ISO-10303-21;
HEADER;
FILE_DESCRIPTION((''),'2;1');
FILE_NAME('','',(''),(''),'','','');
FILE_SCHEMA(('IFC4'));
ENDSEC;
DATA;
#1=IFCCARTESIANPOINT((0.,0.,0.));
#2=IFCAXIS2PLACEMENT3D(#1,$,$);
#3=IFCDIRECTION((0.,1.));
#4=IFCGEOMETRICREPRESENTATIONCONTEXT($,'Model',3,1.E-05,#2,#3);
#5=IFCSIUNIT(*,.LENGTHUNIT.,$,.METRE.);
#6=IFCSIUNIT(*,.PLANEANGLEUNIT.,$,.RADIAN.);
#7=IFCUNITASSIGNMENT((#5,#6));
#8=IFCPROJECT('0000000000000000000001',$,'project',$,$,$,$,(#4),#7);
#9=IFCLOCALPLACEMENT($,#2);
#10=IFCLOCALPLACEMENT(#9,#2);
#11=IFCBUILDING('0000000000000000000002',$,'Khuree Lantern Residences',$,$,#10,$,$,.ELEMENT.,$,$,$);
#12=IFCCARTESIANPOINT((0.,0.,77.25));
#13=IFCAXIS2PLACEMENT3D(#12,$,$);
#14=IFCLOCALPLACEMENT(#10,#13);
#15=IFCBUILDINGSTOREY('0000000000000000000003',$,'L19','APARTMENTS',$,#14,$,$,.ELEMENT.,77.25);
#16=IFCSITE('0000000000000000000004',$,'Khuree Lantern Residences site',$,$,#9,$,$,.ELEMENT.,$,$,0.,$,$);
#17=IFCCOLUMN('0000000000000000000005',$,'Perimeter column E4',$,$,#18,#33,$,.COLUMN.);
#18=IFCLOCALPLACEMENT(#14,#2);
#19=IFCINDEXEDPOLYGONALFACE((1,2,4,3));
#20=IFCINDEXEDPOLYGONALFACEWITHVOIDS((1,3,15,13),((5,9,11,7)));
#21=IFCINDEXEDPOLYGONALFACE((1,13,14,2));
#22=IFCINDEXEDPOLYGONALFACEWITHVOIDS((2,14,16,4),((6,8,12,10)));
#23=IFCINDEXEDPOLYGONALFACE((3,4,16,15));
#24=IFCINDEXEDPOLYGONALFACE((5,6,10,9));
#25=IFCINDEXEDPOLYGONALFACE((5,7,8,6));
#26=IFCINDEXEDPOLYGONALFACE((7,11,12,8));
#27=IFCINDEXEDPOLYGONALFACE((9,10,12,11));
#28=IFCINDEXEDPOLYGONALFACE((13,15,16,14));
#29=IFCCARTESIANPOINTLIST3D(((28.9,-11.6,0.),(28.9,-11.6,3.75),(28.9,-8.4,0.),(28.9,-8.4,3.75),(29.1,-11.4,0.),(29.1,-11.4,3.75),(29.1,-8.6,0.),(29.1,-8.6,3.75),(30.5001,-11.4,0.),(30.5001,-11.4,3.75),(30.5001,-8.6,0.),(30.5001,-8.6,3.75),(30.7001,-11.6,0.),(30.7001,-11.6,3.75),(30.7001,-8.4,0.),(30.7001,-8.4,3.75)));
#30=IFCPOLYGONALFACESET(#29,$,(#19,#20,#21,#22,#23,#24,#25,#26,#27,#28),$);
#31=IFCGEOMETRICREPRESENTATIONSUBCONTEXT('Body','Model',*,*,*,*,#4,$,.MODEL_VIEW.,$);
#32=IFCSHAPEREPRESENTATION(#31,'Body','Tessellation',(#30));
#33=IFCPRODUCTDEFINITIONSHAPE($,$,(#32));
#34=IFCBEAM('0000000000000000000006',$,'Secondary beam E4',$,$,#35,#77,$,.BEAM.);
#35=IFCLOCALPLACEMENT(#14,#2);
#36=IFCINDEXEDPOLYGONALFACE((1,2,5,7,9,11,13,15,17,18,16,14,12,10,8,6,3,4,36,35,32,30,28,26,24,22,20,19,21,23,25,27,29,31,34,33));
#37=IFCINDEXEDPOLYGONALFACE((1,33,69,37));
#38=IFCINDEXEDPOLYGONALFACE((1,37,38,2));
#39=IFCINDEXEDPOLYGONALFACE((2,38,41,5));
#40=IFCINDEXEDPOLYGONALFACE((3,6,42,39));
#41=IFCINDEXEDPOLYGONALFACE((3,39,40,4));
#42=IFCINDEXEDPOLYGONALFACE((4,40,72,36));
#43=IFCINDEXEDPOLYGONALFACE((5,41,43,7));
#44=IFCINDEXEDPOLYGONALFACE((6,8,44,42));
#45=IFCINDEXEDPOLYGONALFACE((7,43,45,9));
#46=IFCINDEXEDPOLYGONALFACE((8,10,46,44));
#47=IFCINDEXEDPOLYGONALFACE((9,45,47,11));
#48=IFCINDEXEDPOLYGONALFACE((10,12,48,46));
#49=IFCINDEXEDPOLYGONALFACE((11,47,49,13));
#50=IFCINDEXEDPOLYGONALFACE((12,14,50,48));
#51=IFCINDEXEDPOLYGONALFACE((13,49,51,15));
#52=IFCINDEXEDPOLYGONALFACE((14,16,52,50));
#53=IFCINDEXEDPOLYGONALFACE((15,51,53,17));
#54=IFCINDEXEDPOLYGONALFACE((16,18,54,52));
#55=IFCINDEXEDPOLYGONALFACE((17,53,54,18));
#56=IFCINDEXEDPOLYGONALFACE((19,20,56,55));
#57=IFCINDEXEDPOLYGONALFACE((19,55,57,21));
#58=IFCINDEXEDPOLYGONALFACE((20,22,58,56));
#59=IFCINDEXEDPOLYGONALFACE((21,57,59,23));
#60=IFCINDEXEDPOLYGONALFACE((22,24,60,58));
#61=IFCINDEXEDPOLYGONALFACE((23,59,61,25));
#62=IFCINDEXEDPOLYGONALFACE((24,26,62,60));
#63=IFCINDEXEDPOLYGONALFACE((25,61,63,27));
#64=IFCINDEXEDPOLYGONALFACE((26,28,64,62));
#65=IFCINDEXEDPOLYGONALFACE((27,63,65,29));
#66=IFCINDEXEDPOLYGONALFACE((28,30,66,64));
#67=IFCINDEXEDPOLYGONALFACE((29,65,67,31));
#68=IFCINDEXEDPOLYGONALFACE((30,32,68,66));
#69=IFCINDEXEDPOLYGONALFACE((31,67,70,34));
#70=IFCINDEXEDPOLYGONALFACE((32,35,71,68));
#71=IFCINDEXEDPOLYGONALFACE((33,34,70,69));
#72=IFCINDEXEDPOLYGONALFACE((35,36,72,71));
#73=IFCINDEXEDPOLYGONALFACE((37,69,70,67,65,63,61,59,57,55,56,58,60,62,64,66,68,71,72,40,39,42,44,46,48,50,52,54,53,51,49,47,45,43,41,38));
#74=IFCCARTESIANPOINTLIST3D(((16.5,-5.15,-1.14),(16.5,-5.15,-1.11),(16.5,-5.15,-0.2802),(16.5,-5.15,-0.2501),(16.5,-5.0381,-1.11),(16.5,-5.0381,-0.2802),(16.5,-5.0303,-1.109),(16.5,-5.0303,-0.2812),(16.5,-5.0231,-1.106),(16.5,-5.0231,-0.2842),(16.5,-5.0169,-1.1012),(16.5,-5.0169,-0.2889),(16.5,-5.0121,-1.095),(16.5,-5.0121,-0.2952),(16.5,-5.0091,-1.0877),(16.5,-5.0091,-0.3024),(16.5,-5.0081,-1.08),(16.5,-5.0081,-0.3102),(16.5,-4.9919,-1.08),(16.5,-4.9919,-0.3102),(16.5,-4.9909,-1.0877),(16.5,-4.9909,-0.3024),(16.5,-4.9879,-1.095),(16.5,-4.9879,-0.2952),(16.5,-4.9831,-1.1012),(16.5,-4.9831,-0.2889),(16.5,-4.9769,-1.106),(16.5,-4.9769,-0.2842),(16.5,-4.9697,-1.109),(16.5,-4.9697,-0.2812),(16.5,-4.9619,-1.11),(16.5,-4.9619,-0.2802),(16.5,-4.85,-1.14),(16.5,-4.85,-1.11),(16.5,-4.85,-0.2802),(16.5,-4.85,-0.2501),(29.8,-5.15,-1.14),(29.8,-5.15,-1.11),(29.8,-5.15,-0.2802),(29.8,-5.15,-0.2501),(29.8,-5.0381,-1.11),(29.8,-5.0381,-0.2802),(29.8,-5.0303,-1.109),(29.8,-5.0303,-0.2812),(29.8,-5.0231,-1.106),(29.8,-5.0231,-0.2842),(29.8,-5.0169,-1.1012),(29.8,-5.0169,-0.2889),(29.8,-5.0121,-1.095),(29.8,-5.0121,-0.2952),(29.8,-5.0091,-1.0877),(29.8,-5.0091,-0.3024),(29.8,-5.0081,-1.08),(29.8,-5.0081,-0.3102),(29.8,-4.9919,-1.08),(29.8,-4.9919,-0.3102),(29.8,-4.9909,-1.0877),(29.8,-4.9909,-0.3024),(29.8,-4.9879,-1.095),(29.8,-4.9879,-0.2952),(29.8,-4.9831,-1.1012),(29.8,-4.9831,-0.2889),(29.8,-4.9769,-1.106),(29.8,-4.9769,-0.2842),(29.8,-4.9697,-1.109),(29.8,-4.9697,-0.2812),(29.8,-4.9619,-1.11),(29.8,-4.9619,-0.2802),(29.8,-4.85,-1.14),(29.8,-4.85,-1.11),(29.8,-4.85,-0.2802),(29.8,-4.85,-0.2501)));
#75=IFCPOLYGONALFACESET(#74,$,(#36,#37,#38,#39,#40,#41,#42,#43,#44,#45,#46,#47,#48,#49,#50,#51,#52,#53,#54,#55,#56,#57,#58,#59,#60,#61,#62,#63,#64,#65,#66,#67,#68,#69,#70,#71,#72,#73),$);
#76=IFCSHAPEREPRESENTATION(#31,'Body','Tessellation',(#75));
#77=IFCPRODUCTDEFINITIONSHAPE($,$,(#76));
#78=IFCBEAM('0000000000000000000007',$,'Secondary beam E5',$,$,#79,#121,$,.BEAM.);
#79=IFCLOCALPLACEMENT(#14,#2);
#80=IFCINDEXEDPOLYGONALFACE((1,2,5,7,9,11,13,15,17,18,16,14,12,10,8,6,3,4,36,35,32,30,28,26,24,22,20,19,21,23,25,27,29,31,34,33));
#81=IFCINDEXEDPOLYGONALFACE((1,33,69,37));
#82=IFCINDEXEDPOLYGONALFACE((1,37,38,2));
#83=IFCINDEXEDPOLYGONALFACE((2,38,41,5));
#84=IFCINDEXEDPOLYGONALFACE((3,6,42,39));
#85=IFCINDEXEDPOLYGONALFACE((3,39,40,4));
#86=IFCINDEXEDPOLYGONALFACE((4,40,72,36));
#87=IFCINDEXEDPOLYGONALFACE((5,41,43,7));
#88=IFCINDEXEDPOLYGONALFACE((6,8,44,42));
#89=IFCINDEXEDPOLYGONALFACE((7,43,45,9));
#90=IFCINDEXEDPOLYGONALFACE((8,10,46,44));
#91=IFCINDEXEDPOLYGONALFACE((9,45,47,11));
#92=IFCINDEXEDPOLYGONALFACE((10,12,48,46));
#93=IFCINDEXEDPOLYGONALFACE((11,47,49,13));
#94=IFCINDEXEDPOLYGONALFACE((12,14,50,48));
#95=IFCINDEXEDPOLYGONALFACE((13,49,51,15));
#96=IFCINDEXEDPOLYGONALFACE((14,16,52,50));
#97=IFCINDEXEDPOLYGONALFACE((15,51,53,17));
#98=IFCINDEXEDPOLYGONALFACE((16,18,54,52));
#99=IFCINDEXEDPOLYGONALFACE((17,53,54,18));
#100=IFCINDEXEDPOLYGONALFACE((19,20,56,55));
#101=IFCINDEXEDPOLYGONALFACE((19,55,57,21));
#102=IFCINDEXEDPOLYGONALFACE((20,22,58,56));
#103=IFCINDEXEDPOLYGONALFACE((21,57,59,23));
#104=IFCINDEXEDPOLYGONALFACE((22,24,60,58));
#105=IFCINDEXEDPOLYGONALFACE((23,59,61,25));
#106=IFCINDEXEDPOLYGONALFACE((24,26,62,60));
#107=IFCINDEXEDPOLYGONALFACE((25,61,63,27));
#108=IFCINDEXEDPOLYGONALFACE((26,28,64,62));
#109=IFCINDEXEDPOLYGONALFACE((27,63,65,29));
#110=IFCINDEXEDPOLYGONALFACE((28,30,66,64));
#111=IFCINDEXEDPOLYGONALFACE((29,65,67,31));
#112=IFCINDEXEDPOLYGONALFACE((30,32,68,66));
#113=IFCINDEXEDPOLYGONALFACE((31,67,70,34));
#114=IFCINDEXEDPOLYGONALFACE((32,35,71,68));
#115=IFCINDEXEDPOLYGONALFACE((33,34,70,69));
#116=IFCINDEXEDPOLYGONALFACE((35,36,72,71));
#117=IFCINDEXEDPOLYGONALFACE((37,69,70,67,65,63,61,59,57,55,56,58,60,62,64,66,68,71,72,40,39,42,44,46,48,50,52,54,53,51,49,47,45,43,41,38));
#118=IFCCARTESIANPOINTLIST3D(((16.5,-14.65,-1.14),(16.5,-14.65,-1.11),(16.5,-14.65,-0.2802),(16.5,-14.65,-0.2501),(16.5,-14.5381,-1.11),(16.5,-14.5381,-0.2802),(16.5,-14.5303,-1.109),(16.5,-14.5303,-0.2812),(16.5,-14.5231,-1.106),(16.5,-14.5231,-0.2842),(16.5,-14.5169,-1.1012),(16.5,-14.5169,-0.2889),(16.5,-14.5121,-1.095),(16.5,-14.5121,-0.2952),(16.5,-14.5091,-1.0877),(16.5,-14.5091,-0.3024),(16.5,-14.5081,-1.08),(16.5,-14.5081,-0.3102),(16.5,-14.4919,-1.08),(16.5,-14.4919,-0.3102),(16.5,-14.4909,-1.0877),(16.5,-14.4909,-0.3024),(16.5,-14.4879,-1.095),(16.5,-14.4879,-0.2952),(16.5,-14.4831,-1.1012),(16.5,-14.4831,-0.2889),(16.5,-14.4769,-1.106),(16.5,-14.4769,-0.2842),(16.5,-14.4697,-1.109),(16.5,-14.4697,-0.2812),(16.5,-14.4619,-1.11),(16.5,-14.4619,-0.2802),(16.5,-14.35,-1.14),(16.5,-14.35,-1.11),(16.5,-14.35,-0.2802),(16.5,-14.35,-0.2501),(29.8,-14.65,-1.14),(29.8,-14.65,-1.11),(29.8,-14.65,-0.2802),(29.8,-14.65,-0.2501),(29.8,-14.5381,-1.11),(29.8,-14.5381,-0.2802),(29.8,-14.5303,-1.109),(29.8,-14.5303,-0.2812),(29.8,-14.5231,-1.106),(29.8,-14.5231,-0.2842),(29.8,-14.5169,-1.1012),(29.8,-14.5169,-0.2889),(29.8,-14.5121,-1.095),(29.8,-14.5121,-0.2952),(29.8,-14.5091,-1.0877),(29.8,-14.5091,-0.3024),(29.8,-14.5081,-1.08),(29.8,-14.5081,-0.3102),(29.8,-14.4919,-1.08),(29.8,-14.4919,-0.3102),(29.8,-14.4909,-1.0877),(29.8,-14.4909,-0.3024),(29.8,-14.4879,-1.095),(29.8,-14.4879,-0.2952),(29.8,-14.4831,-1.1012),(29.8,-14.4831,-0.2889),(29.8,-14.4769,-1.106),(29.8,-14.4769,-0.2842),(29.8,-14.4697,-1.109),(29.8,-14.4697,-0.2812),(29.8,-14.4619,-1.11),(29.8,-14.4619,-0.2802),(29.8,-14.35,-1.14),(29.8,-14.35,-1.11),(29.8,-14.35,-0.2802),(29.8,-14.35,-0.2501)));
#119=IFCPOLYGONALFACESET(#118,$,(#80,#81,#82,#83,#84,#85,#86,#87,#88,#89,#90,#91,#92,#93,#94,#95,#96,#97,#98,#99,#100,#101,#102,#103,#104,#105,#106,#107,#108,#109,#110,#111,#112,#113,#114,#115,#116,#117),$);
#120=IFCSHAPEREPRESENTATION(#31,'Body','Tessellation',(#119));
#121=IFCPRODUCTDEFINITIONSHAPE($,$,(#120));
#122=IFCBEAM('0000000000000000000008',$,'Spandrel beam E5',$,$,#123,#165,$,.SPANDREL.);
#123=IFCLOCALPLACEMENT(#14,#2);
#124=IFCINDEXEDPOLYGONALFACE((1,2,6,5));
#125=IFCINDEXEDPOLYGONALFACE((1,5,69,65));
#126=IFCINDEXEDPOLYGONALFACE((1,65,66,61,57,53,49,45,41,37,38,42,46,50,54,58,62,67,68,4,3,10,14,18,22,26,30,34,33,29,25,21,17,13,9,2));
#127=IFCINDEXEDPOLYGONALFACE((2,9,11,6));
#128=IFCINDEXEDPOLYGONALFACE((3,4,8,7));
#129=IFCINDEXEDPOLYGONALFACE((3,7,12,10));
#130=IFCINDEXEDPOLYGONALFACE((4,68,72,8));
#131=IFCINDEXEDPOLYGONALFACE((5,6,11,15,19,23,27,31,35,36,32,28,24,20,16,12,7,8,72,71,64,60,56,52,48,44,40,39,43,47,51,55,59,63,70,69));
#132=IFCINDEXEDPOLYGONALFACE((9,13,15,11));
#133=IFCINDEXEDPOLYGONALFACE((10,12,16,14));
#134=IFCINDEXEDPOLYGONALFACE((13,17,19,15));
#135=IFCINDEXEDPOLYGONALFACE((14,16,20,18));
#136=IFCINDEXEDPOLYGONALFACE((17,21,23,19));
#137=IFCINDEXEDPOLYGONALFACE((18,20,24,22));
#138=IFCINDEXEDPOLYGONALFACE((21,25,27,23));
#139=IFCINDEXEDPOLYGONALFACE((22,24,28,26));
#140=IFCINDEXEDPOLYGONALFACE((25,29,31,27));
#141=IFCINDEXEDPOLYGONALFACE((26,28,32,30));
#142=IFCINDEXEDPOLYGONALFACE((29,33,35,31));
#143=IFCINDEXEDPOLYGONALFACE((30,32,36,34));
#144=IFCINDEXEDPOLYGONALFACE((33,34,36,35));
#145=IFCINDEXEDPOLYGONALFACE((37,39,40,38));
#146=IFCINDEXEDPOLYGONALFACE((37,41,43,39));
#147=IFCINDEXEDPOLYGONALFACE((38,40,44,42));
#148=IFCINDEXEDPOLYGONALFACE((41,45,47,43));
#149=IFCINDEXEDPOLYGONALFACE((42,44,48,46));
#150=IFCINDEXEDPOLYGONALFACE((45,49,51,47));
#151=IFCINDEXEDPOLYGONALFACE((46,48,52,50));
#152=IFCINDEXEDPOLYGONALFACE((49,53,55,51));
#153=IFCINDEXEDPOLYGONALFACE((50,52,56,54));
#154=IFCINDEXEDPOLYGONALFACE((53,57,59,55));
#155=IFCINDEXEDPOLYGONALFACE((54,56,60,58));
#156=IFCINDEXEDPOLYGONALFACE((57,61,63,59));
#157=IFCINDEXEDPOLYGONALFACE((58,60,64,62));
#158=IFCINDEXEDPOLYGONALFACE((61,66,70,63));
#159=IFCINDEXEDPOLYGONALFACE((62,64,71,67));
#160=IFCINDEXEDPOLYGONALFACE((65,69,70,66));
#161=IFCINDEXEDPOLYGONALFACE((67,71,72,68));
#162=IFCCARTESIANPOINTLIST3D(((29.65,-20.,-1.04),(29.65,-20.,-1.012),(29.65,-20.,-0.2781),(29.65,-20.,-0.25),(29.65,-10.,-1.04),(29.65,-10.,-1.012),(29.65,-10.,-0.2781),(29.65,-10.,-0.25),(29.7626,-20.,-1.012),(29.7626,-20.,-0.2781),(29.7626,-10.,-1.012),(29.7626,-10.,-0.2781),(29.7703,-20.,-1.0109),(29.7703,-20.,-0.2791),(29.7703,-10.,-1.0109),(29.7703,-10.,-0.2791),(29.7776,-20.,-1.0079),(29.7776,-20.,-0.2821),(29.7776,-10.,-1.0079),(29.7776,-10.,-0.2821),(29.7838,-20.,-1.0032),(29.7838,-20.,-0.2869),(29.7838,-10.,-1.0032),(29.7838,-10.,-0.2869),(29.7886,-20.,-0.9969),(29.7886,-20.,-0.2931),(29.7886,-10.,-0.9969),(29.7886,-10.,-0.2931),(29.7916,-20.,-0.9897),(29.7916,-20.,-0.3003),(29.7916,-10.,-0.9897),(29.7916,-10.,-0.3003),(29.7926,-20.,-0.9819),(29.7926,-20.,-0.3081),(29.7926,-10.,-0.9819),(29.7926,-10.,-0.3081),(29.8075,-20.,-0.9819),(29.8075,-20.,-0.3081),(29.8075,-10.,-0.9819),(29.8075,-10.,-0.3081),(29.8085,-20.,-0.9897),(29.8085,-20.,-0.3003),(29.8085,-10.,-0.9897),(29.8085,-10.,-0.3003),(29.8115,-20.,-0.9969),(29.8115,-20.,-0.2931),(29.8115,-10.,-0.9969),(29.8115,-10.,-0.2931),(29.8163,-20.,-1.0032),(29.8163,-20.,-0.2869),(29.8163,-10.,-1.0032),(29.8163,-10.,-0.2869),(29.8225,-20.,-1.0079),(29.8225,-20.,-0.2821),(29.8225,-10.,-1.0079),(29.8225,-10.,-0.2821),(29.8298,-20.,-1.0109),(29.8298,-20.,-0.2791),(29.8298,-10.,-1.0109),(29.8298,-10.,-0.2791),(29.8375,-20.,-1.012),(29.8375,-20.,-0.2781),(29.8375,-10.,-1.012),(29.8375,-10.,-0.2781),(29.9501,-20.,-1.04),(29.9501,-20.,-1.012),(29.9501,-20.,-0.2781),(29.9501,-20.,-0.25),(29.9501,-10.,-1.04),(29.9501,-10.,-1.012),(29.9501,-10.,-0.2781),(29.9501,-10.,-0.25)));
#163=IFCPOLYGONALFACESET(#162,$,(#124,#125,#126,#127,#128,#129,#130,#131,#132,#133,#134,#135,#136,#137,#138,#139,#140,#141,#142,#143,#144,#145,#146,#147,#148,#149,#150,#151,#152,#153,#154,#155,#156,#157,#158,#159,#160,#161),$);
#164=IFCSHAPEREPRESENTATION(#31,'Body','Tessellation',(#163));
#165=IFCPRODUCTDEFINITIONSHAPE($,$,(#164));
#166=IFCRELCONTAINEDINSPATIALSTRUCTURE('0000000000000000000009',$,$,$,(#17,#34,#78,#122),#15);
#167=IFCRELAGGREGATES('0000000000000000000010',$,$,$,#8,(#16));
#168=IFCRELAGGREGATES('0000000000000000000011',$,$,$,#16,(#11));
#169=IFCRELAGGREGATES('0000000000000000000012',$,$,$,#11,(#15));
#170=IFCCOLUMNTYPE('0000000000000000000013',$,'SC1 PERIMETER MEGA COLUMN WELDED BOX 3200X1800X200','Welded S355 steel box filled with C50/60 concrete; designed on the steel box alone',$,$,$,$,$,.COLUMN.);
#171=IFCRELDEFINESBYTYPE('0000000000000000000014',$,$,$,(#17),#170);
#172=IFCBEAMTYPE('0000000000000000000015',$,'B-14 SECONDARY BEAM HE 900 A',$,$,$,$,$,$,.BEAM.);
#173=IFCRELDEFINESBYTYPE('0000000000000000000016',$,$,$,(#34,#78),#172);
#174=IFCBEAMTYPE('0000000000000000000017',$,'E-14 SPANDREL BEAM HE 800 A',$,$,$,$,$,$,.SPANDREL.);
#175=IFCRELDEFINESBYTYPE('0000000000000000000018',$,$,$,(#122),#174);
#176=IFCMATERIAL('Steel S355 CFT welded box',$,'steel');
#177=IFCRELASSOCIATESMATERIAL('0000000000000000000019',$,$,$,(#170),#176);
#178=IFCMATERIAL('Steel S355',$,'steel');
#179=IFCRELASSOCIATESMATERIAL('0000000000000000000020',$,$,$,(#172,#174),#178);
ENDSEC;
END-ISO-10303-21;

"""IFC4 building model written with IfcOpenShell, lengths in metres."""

from ifc_helpers import new_model, si_unit, direction, frame, origin, origin_2d, place, context, subcontext, project, spatial, hollow_rectangle, i_section, extrude, material, material_profile, profile_set, type_object, element, save


model = new_model("IFC4")

# Units and contexts
model_context = context("Model", 3, precision=1e-05, world=origin(), true_north=direction((0.0, 1.0)))
body_context = subcontext(model_context, "Body", "Model", "MODEL_VIEW")
ifc_project = project(units=[si_unit("LENGTHUNIT", "METRE"), si_unit("PLANEANGLEUNIT", "RADIAN")], contexts=[model_context])

# Site, building, storey
site_placement = place(None, origin())
site = spatial("IfcSite", under=ifc_project, at=site_placement, Name="Khuree Lantern Residences site", CompositionType="ELEMENT", RefElevation=0.0)
building_placement = place(site_placement, origin())
building = spatial("IfcBuilding", under=site, at=building_placement, Name="Khuree Lantern Residences", CompositionType="ELEMENT")
storey_placement = place(building_placement, frame((0.0, 0.0, 77.25)))
storey = spatial("IfcBuildingStorey", under=building, at=storey_placement, Name="L19", Description="APARTMENTS", CompositionType="ELEMENT", Elevation=77.25)

# Column
ifc_material_1 = material(Name="Steel S355 CFT welded box", Category="steel")
ifc_material_profile_1 = material_profile(ifc_material_1, hollow_rectangle(XDim=3.2, YDim=1.8, WallThickness=0.2, at=origin_2d()), Name="WELDED BOX 3200X1800X200")
ifc_profile_set_1 = profile_set([ifc_material_profile_1], Name="Steel S355 CFT welded box")
column_type = type_object("IfcColumnType", Name="SC1 PERIMETER MEGA COLUMN WELDED BOX 3200X1800X200", Description="Welded S355 steel box filled with C50/60 concrete; designed on the steel box alone", PredefinedType="COLUMN", material=ifc_profile_set_1)
column_placement = place(storey_placement, frame((29.8, -10.0, 0.0), z_axis=(0.0, 0.0, 1.0), x_axis=(0.0, 1.0, 0.0)))
element("IfcColumn", 1, at=column_placement, inside=storey, type_object=column_type, Name="Perimeter column E4", PredefinedType="COLUMN", context=body_context, shape_type="SweptSolid", body=[
    extrude(hollow_rectangle(XDim=3.2, YDim=1.8, WallThickness=0.2, at=origin_2d()), origin(), (0.0, 0.0, 1.0), 3.75),
])

# Beams
ifc_material_2 = material(Name="Steel S355", Category="steel")
ifc_material_profile_2 = material_profile(ifc_material_2, i_section(OverallWidth=0.3, OverallDepth=0.8899, WebThickness=0.0161, FlangeThickness=0.03, FilletRadius=0.03, at=origin_2d()), Name="HE 900 A")
ifc_profile_set_2 = profile_set([ifc_material_profile_2], Name="Steel S355")
beam_type_1 = type_object("IfcBeamType", Name="B-14 SECONDARY BEAM HE 900 A", PredefinedType="BEAM", material=ifc_profile_set_2)
for number, where, z_axis, x_axis, name in (
    (2, (29.8, -5.0, -0.6951), (-1.0, 0.0, 0.0), (0.0, -1.0, 0.0), "Secondary beam E4"),
    (3, (29.8, -14.5, -0.6951), (-1.0, 0.0, 0.0), (0.0, -1.0, 0.0), "Secondary beam E5"),
):
    element("IfcBeam", number, at=place(storey_placement, frame(where, z_axis=z_axis, x_axis=x_axis)), inside=storey, type_object=beam_type_1, Name=name, PredefinedType="BEAM", context=body_context, shape_type="SweptSolid", body=[
        extrude(i_section(OverallWidth=0.3, OverallDepth=0.8899, WebThickness=0.0161, FlangeThickness=0.03, FilletRadius=0.03, at=origin_2d()), origin(), (0.0, 0.0, 1.0), 13.3),
    ])
ifc_material_profile_3 = material_profile(ifc_material_2, i_section(OverallWidth=0.3, OverallDepth=0.79, WebThickness=0.0149, FlangeThickness=0.0281, FilletRadius=0.03, at=origin_2d()), Name="HE 800 A")
ifc_profile_set_3 = profile_set([ifc_material_profile_3], Name="Steel S355")
beam_type_2 = type_object("IfcBeamType", Name="E-14 SPANDREL BEAM HE 800 A", PredefinedType="SPANDREL", material=ifc_profile_set_3)
beam_1_placement = place(storey_placement, frame((29.8, -10.0, -0.645), z_axis=(0.0, -1.0, 0.0), x_axis=(1.0, 0.0, 0.0)))
element("IfcBeam", 4, at=beam_1_placement, inside=storey, type_object=beam_type_2, Name="Spandrel beam E5", PredefinedType="SPANDREL", context=body_context, shape_type="SweptSolid", body=[
    extrude(i_section(OverallWidth=0.3, OverallDepth=0.79, WebThickness=0.0149, FlangeThickness=0.0281, FilletRadius=0.03, at=origin_2d()), origin(), (0.0, 0.0, 1.0), 10.0),
])

save(model, "model.ifc")
